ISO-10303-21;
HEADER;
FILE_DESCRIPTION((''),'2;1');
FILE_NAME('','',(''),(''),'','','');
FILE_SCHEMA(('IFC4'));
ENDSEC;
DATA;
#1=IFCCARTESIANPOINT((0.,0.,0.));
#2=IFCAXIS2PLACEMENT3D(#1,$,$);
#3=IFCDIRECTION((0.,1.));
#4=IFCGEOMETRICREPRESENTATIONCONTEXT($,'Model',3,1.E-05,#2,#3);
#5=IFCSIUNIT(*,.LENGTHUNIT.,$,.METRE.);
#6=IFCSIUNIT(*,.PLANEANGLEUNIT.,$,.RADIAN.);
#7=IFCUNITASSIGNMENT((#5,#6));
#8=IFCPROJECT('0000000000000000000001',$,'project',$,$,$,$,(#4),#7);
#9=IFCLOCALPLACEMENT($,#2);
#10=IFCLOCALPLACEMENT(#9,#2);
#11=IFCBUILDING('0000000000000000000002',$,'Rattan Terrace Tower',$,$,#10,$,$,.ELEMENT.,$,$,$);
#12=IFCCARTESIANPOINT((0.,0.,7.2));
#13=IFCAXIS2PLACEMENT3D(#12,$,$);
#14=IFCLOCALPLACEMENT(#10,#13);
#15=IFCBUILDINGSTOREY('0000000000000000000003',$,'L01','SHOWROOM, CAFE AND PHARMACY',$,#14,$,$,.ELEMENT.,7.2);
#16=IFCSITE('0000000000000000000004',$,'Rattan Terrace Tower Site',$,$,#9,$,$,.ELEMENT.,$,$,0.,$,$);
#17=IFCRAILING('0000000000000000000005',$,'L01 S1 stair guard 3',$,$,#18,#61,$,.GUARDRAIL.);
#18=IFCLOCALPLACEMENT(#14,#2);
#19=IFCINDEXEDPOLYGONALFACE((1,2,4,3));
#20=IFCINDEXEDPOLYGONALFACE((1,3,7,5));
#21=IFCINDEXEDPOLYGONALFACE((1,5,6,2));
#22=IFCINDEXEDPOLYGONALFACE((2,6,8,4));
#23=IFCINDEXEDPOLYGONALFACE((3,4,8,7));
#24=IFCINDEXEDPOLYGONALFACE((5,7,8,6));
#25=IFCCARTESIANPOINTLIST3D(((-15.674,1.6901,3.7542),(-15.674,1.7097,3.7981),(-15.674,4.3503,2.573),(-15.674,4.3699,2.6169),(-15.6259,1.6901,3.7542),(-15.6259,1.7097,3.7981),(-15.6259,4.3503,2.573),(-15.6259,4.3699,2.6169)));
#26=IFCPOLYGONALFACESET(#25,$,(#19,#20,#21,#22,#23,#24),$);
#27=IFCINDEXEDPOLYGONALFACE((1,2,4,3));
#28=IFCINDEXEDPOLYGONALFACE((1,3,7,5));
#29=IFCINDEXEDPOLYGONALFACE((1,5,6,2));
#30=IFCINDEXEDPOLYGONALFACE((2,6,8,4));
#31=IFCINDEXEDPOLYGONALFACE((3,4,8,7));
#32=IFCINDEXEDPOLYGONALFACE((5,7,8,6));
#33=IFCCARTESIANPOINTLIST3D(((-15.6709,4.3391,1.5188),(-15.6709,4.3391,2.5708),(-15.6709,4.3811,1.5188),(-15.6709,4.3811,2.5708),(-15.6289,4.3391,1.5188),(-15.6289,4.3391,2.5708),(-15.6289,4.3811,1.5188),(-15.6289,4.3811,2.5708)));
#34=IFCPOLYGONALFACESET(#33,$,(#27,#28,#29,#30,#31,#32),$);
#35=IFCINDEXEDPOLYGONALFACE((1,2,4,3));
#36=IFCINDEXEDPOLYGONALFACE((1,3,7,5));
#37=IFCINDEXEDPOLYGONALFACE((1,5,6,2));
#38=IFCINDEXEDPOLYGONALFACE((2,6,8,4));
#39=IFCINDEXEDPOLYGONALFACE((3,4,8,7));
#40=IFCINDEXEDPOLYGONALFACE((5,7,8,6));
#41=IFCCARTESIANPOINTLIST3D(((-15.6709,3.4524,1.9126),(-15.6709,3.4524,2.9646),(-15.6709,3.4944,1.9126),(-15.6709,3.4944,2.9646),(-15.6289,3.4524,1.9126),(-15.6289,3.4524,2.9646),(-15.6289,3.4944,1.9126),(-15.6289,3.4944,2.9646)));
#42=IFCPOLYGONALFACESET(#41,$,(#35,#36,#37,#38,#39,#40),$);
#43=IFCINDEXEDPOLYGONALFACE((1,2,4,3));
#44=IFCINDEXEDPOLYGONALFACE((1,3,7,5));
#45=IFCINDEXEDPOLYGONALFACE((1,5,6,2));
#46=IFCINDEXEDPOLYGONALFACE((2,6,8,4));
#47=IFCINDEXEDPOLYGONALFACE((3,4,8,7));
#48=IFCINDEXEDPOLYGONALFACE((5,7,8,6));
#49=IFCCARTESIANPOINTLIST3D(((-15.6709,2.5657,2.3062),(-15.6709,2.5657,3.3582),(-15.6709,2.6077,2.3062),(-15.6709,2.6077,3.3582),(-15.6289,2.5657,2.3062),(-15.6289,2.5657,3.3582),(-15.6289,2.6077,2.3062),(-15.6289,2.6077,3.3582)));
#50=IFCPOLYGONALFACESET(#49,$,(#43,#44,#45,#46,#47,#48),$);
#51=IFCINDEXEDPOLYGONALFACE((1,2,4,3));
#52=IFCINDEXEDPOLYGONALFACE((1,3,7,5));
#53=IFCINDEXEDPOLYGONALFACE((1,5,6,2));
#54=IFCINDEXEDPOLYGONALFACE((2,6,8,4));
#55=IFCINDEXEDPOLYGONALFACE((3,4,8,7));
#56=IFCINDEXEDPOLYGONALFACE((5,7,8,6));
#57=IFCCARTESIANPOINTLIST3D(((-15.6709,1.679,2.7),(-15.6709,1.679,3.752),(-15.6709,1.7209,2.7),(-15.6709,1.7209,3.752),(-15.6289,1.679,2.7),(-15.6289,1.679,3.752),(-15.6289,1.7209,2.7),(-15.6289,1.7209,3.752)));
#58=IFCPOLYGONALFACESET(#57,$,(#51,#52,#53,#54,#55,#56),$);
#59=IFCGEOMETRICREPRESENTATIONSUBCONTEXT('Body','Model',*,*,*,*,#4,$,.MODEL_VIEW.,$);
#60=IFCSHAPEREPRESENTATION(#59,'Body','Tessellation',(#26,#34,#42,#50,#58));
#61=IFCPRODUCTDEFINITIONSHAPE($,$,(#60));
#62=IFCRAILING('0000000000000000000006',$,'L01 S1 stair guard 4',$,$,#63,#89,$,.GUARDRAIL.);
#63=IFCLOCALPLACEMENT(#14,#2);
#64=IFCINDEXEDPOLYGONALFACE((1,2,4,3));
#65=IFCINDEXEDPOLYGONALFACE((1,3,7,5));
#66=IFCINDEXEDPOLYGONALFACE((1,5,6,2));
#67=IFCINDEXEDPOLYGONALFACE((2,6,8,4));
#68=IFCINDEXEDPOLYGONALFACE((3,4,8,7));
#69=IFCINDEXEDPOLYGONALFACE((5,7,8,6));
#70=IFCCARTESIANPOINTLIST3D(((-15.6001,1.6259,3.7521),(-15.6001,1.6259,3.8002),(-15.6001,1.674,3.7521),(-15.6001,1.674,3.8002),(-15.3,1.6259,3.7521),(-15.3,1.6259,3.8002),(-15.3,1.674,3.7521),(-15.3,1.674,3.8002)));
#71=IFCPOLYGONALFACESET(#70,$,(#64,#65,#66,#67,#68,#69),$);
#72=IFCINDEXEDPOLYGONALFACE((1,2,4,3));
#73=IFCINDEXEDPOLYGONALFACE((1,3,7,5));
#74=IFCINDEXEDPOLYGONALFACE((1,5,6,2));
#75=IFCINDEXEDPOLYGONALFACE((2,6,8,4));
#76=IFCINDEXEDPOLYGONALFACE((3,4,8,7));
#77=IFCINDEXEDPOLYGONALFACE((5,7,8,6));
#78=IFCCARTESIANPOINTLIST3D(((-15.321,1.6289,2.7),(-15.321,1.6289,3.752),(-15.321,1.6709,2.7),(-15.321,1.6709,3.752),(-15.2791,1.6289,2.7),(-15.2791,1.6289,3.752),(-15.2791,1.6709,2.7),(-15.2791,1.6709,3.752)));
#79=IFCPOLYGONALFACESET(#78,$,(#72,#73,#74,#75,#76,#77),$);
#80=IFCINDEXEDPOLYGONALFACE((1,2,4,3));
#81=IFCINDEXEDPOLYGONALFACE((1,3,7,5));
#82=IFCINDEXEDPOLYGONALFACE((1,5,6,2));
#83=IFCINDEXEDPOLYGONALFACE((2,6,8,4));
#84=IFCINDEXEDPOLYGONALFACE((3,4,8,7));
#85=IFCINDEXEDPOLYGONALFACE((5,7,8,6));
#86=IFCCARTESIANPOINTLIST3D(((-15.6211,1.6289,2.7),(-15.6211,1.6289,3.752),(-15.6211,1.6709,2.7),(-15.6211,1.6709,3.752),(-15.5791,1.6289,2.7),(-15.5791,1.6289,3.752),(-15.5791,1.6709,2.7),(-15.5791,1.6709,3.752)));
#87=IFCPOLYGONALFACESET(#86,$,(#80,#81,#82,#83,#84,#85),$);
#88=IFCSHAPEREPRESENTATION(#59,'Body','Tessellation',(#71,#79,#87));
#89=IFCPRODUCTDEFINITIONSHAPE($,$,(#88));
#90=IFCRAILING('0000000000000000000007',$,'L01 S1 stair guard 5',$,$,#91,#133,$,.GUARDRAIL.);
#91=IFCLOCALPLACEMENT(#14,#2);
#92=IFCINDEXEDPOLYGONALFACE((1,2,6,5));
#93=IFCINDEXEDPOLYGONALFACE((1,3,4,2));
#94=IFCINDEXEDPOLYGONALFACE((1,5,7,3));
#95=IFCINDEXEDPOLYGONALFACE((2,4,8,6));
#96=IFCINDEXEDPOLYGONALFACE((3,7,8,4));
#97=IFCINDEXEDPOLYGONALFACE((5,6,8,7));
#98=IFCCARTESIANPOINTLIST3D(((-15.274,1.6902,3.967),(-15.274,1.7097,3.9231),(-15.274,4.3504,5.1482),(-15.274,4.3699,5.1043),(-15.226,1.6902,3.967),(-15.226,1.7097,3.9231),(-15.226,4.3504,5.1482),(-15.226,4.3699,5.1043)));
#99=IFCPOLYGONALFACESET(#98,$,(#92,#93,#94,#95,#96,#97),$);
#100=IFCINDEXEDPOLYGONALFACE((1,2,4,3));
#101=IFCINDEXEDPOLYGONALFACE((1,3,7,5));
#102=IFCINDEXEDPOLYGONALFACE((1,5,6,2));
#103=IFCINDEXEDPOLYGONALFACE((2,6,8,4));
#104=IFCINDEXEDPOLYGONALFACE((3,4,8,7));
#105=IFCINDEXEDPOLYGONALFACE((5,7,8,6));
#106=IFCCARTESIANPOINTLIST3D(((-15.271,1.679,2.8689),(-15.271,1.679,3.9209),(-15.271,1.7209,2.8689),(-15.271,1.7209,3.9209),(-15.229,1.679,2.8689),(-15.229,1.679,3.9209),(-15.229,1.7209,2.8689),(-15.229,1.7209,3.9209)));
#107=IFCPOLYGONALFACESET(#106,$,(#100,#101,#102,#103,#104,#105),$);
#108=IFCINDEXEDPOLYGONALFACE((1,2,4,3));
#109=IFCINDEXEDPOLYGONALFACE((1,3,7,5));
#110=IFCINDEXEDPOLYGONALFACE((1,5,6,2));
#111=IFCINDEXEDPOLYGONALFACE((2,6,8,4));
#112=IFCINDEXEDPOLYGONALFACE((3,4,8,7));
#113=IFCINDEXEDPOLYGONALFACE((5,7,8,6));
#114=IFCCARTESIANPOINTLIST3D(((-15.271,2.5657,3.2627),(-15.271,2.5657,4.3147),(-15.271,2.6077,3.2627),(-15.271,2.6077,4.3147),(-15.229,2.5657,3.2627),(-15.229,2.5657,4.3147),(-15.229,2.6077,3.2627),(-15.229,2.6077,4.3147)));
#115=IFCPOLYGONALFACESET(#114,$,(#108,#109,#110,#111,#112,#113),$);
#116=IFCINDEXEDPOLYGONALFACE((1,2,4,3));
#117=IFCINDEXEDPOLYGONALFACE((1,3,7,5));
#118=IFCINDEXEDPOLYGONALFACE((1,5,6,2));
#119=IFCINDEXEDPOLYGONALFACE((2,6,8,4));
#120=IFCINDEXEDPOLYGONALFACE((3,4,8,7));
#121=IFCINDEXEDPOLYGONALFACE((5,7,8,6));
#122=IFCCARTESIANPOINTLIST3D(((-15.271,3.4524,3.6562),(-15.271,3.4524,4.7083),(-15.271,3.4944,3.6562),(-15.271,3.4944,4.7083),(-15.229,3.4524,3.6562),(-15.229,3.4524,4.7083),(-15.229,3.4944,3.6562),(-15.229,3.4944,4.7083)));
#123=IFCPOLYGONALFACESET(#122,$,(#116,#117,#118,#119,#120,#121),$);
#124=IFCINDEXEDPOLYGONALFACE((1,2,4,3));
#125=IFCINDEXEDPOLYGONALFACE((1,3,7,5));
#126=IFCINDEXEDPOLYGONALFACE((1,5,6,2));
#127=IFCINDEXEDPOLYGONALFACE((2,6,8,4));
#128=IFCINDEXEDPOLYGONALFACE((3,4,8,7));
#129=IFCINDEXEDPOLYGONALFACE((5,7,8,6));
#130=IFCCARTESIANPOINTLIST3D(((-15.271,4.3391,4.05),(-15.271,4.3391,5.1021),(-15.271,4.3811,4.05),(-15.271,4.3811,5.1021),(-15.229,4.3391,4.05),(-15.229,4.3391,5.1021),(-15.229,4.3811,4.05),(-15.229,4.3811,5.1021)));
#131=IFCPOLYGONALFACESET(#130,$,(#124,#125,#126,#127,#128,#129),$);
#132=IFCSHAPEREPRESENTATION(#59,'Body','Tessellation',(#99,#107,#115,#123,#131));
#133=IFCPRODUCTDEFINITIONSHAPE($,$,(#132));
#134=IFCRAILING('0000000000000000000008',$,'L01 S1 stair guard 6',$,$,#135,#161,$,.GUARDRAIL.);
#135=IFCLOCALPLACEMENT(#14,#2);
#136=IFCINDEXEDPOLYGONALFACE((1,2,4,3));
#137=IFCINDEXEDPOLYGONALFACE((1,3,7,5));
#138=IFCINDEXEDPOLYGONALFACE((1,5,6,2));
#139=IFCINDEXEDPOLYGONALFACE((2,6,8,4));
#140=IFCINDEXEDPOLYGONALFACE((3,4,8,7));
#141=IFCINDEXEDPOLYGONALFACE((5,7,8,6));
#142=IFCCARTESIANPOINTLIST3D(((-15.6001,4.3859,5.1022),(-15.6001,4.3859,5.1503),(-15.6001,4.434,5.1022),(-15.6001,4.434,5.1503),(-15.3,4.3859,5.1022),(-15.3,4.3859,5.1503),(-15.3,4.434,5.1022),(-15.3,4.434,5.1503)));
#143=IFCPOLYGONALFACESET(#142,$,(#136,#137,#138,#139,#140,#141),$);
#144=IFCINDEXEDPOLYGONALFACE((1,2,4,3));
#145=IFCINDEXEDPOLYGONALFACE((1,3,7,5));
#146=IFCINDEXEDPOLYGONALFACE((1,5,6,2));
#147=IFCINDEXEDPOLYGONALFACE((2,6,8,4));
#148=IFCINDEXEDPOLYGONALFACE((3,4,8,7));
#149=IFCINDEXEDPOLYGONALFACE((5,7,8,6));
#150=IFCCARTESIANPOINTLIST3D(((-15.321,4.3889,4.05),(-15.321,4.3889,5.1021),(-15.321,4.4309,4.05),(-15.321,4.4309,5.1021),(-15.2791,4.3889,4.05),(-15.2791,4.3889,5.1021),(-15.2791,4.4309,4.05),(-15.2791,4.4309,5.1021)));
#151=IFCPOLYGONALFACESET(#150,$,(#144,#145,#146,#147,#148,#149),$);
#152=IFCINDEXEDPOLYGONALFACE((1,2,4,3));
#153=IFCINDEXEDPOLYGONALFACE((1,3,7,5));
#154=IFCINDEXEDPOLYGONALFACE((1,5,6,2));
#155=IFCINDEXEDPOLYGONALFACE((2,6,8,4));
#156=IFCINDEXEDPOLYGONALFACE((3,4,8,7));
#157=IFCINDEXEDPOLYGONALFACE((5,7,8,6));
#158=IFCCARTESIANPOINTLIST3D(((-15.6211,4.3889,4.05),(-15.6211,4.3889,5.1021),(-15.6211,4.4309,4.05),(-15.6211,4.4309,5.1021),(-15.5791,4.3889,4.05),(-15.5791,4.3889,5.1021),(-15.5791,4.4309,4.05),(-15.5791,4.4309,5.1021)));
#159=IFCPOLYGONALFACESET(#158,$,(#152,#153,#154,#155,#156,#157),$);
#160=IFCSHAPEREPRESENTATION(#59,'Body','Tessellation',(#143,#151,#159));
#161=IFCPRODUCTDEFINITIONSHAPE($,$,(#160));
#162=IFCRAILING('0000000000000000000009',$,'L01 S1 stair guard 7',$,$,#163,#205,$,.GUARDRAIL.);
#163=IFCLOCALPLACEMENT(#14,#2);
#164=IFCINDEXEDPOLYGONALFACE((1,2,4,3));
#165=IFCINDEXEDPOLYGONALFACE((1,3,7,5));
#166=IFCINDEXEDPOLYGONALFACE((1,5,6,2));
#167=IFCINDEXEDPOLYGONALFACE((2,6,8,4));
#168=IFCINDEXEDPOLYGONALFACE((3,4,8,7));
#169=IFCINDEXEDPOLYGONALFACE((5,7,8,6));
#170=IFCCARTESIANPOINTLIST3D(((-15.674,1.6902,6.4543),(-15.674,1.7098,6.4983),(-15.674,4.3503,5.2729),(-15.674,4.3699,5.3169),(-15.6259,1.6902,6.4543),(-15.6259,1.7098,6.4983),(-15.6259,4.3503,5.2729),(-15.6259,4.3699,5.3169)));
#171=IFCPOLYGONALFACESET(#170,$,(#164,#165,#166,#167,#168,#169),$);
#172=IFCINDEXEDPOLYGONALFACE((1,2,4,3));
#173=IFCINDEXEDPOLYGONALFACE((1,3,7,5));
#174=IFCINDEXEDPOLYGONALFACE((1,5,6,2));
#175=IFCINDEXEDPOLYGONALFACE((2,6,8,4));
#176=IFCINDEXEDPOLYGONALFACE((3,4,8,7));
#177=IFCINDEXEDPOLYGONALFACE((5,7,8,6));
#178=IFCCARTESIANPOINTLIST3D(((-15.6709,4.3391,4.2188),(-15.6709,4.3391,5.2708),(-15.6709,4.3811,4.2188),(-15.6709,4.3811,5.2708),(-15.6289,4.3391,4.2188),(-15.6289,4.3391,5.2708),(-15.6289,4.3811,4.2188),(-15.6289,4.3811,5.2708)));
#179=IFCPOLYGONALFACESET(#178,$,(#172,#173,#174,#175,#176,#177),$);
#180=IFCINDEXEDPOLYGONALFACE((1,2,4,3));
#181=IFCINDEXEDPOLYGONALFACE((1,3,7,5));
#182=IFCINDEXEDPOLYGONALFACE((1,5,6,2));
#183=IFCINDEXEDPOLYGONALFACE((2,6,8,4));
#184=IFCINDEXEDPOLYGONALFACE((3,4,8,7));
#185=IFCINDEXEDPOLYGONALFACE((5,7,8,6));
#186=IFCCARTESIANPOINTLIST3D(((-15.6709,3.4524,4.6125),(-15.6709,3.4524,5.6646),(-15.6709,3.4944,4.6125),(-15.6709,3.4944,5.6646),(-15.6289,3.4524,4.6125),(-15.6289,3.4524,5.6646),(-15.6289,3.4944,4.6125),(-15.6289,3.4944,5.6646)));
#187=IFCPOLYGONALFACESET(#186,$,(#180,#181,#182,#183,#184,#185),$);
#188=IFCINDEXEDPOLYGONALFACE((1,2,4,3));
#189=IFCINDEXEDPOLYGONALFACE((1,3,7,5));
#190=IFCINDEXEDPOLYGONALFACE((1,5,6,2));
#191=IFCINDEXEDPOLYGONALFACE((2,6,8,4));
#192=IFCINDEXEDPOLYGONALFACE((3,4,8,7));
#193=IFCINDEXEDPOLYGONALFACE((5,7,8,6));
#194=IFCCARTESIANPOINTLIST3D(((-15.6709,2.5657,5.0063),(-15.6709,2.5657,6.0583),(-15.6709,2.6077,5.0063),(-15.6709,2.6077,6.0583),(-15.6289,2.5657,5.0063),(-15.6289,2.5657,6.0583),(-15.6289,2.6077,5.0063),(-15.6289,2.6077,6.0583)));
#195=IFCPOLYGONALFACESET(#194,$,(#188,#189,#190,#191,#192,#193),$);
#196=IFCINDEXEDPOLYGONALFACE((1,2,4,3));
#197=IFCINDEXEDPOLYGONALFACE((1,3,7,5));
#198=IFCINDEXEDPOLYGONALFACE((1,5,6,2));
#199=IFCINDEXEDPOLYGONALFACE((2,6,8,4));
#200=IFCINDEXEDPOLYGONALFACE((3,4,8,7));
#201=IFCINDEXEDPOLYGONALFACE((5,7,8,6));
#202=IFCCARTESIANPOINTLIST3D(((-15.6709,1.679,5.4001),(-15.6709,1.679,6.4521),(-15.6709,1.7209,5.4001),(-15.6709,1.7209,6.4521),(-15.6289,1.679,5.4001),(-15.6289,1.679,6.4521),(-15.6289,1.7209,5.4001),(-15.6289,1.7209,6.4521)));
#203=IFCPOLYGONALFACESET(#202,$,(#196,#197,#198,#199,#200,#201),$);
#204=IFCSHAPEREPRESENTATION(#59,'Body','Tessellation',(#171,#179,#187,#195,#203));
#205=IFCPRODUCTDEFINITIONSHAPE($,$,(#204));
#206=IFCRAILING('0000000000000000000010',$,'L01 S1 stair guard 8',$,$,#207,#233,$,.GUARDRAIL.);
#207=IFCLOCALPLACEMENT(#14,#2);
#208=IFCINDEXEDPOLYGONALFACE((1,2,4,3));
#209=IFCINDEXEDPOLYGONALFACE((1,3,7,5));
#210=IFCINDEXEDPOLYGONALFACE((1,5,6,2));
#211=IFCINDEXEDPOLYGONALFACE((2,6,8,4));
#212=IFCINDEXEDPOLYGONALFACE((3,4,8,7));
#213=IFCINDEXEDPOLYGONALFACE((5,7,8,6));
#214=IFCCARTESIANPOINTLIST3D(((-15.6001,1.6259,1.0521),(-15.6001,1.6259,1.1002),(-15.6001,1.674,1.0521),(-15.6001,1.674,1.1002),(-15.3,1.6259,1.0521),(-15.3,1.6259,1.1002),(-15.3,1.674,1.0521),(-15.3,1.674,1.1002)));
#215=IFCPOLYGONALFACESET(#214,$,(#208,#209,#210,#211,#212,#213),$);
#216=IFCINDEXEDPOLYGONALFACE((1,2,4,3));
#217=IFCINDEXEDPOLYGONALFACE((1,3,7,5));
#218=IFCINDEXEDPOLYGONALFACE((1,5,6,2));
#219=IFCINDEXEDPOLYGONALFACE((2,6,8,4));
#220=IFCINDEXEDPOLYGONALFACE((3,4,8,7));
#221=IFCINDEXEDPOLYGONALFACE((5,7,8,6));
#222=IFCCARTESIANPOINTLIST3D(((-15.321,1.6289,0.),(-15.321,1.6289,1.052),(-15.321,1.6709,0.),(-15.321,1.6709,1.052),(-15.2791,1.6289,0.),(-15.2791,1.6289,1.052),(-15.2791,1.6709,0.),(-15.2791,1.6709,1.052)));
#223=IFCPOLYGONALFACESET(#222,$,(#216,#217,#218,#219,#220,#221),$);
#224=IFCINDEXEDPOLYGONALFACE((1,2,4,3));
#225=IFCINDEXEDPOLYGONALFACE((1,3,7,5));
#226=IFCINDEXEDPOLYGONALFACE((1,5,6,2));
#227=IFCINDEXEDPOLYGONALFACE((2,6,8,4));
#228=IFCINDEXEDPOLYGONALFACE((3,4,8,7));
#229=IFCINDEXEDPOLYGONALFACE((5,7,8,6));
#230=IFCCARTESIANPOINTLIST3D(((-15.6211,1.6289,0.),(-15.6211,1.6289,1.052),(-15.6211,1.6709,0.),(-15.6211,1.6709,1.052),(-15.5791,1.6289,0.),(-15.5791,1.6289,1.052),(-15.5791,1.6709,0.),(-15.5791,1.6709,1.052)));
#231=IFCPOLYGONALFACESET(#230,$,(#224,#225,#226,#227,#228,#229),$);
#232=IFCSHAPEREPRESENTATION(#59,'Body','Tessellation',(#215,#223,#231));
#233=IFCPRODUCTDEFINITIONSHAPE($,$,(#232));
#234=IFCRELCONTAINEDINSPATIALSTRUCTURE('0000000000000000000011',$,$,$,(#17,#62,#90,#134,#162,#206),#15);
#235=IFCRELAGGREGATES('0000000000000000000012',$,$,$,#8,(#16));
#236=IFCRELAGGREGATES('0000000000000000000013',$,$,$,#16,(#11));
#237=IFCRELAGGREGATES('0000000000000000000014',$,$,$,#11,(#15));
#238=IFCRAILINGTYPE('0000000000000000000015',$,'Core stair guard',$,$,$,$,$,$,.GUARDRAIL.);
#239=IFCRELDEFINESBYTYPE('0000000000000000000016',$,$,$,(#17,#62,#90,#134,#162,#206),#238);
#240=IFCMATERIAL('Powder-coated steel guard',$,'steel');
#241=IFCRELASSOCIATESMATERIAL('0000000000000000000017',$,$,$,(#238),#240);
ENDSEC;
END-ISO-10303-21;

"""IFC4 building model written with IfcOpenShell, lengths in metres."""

from ifc_helpers import new_model, si_unit, direction, frame, origin, origin_2d, place, context, subcontext, project, spatial, rectangle, extrude, material, type_object, element, save


model = new_model("IFC4")

# Units and contexts
model_context = context("Model", 3, precision=1e-05, world=origin(), true_north=direction((0.0, 1.0)))
body_context = subcontext(model_context, "Body", "Model", "MODEL_VIEW")
ifc_project = project(units=[si_unit("LENGTHUNIT", "METRE"), si_unit("PLANEANGLEUNIT", "RADIAN")], contexts=[model_context])

# Site, building, storey
site_placement = place(None, origin())
site = spatial("IfcSite", under=ifc_project, at=site_placement, Name="Rattan Terrace Tower Site", CompositionType="ELEMENT", RefElevation=0.0)
building_placement = place(site_placement, origin())
building = spatial("IfcBuilding", under=site, at=building_placement, Name="Rattan Terrace Tower", CompositionType="ELEMENT")
storey_placement = place(building_placement, frame((0.0, 0.0, 7.2)))
storey = spatial("IfcBuildingStorey", under=building, at=storey_placement, Name="L01", Description="SHOWROOM, CAFE AND PHARMACY", CompositionType="ELEMENT", Elevation=7.2)

# Railings
ifc_material_1 = material(Name="Powder-coated steel guard", Category="steel")
railing_type_1 = type_object("IfcRailingType", Name="Core stair guard", PredefinedType="GUARDRAIL", material=ifc_material_1)
railing_1_placement = place(storey_placement, frame((-15.6499, 4.3601, 1.5188)))
element("IfcRailing", 1, at=railing_1_placement, inside=storey, type_object=railing_type_1, Name="L01 S1 stair guard 3", PredefinedType="GUARDRAIL", context=body_context, shape_type="SweptSolid", body=[
    extrude(rectangle(XDim=0.0481, YDim=0.0481, at=origin_2d()), frame((0.0, 0.0, 1.0762), z_axis=(0.0, -0.913957, 0.405812), x_axis=(1.0, 0.0, 0.0)), (0.0, 0.0, 1.0), 2.9106),
    extrude(rectangle(XDim=0.042, YDim=0.042, at=origin_2d()), origin(), (0.0, 0.0, 1.0), 1.052),
    extrude(rectangle(XDim=0.042, YDim=0.042, at=origin_2d()), frame((0.0, -0.8867, 0.3938)), (0.0, 0.0, 1.0), 1.052),
    extrude(rectangle(XDim=0.042, YDim=0.042, at=origin_2d()), frame((0.0, -1.7734, 0.7874)), (0.0, 0.0, 1.0), 1.052),
    extrude(rectangle(XDim=0.042, YDim=0.042, at=origin_2d()), frame((0.0, -2.6602, 1.1812)), (0.0, 0.0, 1.0), 1.052),
])
railing_2_placement = place(storey_placement, frame((-15.3, 1.6499, 2.7)))
element("IfcRailing", 2, at=railing_2_placement, inside=storey, type_object=railing_type_1, Name="L01 S1 stair guard 4", PredefinedType="GUARDRAIL", context=body_context, shape_type="SweptSolid", body=[
    extrude(rectangle(XDim=0.0481, YDim=0.0481, at=origin_2d()), frame((0.0, 0.0, 1.0762), z_axis=(-1.0, 0.0, 0.0), x_axis=(0.0, -1.0, 0.0)), (0.0, 0.0, 1.0), 0.3),
    extrude(rectangle(XDim=0.042, YDim=0.042, at=origin_2d()), origin(), (0.0, 0.0, 1.0), 1.052),
    extrude(rectangle(XDim=0.042, YDim=0.042, at=origin_2d()), frame((-0.3, 0.0, 0.0)), (0.0, 0.0, 1.0), 1.052),
])
railing_3_placement = place(storey_placement, frame((-15.25, 1.7, 2.8689)))
element("IfcRailing", 3, at=railing_3_placement, inside=storey, type_object=railing_type_1, Name="L01 S1 stair guard 5", PredefinedType="GUARDRAIL", context=body_context, shape_type="SweptSolid", body=[
    extrude(rectangle(XDim=0.0481, YDim=0.0481, at=origin_2d()), frame((0.0, 0.0, 1.0762), z_axis=(0.0, 0.913957, 0.405812), x_axis=(-1.0, 0.0, 0.0)), (0.0, 0.0, 1.0), 2.9106),
    extrude(rectangle(XDim=0.042, YDim=0.042, at=origin_2d()), origin(), (0.0, 0.0, 1.0), 1.052),
    extrude(rectangle(XDim=0.042, YDim=0.042, at=origin_2d()), frame((0.0, 0.8867, 0.3938)), (0.0, 0.0, 1.0), 1.052),
    extrude(rectangle(XDim=0.042, YDim=0.042, at=origin_2d()), frame((0.0, 1.7734, 0.7874)), (0.0, 0.0, 1.0), 1.052),
    extrude(rectangle(XDim=0.042, YDim=0.042, at=origin_2d()), frame((0.0, 2.6602, 1.1812)), (0.0, 0.0, 1.0), 1.052),
])
railing_4_placement = place(storey_placement, frame((-15.3, 4.4099, 4.05)))
element("IfcRailing", 4, at=railing_4_placement, inside=storey, type_object=railing_type_1, Name="L01 S1 stair guard 6", PredefinedType="GUARDRAIL", context=body_context, shape_type="SweptSolid", body=[
    extrude(rectangle(XDim=0.0481, YDim=0.0481, at=origin_2d()), frame((0.0, 0.0, 1.0762), z_axis=(-1.0, 0.0, 0.0), x_axis=(0.0, -1.0, 0.0)), (0.0, 0.0, 1.0), 0.3),
    extrude(rectangle(XDim=0.042, YDim=0.042, at=origin_2d()), origin(), (0.0, 0.0, 1.0), 1.052),
    extrude(rectangle(XDim=0.042, YDim=0.042, at=origin_2d()), frame((-0.3, 0.0, 0.0)), (0.0, 0.0, 1.0), 1.052),
])
railing_5_placement = place(storey_placement, frame((-15.6499, 4.3601, 4.2188)))
element("IfcRailing", 5, at=railing_5_placement, inside=storey, type_object=railing_type_1, Name="L01 S1 stair guard 7", PredefinedType="GUARDRAIL", context=body_context, shape_type="SweptSolid", body=[
    extrude(rectangle(XDim=0.0481, YDim=0.0481, at=origin_2d()), frame((0.0, 0.0, 1.0762), z_axis=(0.0, -0.913926, 0.405882), x_axis=(1.0, 0.0, 0.0)), (0.0, 0.0, 1.0), 2.9106),
    extrude(rectangle(XDim=0.042, YDim=0.042, at=origin_2d()), origin(), (0.0, 0.0, 1.0), 1.052),
    extrude(rectangle(XDim=0.042, YDim=0.042, at=origin_2d()), frame((0.0, -0.8867, 0.3938)), (0.0, 0.0, 1.0), 1.052),
    extrude(rectangle(XDim=0.042, YDim=0.042, at=origin_2d()), frame((0.0, -1.7734, 0.7876)), (0.0, 0.0, 1.0), 1.052),
    extrude(rectangle(XDim=0.042, YDim=0.042, at=origin_2d()), frame((0.0, -2.6602, 1.1814)), (0.0, 0.0, 1.0), 1.052),
])
railing_6_placement = place(storey_placement, frame((-15.3, 1.6499, 0.0)))
element("IfcRailing", 6, at=railing_6_placement, inside=storey, type_object=railing_type_1, Name="L01 S1 stair guard 8", PredefinedType="GUARDRAIL", context=body_context, shape_type="SweptSolid", body=[
    extrude(rectangle(XDim=0.0481, YDim=0.0481, at=origin_2d()), frame((0.0, 0.0, 1.0762), z_axis=(-1.0, 0.0, 0.0), x_axis=(0.0, -1.0, 0.0)), (0.0, 0.0, 1.0), 0.3),
    extrude(rectangle(XDim=0.042, YDim=0.042, at=origin_2d()), origin(), (0.0, 0.0, 1.0), 1.052),
    extrude(rectangle(XDim=0.042, YDim=0.042, at=origin_2d()), frame((-0.3, 0.0, 0.0)), (0.0, 0.0, 1.0), 1.052),
])

save(model, "model.ifc")
